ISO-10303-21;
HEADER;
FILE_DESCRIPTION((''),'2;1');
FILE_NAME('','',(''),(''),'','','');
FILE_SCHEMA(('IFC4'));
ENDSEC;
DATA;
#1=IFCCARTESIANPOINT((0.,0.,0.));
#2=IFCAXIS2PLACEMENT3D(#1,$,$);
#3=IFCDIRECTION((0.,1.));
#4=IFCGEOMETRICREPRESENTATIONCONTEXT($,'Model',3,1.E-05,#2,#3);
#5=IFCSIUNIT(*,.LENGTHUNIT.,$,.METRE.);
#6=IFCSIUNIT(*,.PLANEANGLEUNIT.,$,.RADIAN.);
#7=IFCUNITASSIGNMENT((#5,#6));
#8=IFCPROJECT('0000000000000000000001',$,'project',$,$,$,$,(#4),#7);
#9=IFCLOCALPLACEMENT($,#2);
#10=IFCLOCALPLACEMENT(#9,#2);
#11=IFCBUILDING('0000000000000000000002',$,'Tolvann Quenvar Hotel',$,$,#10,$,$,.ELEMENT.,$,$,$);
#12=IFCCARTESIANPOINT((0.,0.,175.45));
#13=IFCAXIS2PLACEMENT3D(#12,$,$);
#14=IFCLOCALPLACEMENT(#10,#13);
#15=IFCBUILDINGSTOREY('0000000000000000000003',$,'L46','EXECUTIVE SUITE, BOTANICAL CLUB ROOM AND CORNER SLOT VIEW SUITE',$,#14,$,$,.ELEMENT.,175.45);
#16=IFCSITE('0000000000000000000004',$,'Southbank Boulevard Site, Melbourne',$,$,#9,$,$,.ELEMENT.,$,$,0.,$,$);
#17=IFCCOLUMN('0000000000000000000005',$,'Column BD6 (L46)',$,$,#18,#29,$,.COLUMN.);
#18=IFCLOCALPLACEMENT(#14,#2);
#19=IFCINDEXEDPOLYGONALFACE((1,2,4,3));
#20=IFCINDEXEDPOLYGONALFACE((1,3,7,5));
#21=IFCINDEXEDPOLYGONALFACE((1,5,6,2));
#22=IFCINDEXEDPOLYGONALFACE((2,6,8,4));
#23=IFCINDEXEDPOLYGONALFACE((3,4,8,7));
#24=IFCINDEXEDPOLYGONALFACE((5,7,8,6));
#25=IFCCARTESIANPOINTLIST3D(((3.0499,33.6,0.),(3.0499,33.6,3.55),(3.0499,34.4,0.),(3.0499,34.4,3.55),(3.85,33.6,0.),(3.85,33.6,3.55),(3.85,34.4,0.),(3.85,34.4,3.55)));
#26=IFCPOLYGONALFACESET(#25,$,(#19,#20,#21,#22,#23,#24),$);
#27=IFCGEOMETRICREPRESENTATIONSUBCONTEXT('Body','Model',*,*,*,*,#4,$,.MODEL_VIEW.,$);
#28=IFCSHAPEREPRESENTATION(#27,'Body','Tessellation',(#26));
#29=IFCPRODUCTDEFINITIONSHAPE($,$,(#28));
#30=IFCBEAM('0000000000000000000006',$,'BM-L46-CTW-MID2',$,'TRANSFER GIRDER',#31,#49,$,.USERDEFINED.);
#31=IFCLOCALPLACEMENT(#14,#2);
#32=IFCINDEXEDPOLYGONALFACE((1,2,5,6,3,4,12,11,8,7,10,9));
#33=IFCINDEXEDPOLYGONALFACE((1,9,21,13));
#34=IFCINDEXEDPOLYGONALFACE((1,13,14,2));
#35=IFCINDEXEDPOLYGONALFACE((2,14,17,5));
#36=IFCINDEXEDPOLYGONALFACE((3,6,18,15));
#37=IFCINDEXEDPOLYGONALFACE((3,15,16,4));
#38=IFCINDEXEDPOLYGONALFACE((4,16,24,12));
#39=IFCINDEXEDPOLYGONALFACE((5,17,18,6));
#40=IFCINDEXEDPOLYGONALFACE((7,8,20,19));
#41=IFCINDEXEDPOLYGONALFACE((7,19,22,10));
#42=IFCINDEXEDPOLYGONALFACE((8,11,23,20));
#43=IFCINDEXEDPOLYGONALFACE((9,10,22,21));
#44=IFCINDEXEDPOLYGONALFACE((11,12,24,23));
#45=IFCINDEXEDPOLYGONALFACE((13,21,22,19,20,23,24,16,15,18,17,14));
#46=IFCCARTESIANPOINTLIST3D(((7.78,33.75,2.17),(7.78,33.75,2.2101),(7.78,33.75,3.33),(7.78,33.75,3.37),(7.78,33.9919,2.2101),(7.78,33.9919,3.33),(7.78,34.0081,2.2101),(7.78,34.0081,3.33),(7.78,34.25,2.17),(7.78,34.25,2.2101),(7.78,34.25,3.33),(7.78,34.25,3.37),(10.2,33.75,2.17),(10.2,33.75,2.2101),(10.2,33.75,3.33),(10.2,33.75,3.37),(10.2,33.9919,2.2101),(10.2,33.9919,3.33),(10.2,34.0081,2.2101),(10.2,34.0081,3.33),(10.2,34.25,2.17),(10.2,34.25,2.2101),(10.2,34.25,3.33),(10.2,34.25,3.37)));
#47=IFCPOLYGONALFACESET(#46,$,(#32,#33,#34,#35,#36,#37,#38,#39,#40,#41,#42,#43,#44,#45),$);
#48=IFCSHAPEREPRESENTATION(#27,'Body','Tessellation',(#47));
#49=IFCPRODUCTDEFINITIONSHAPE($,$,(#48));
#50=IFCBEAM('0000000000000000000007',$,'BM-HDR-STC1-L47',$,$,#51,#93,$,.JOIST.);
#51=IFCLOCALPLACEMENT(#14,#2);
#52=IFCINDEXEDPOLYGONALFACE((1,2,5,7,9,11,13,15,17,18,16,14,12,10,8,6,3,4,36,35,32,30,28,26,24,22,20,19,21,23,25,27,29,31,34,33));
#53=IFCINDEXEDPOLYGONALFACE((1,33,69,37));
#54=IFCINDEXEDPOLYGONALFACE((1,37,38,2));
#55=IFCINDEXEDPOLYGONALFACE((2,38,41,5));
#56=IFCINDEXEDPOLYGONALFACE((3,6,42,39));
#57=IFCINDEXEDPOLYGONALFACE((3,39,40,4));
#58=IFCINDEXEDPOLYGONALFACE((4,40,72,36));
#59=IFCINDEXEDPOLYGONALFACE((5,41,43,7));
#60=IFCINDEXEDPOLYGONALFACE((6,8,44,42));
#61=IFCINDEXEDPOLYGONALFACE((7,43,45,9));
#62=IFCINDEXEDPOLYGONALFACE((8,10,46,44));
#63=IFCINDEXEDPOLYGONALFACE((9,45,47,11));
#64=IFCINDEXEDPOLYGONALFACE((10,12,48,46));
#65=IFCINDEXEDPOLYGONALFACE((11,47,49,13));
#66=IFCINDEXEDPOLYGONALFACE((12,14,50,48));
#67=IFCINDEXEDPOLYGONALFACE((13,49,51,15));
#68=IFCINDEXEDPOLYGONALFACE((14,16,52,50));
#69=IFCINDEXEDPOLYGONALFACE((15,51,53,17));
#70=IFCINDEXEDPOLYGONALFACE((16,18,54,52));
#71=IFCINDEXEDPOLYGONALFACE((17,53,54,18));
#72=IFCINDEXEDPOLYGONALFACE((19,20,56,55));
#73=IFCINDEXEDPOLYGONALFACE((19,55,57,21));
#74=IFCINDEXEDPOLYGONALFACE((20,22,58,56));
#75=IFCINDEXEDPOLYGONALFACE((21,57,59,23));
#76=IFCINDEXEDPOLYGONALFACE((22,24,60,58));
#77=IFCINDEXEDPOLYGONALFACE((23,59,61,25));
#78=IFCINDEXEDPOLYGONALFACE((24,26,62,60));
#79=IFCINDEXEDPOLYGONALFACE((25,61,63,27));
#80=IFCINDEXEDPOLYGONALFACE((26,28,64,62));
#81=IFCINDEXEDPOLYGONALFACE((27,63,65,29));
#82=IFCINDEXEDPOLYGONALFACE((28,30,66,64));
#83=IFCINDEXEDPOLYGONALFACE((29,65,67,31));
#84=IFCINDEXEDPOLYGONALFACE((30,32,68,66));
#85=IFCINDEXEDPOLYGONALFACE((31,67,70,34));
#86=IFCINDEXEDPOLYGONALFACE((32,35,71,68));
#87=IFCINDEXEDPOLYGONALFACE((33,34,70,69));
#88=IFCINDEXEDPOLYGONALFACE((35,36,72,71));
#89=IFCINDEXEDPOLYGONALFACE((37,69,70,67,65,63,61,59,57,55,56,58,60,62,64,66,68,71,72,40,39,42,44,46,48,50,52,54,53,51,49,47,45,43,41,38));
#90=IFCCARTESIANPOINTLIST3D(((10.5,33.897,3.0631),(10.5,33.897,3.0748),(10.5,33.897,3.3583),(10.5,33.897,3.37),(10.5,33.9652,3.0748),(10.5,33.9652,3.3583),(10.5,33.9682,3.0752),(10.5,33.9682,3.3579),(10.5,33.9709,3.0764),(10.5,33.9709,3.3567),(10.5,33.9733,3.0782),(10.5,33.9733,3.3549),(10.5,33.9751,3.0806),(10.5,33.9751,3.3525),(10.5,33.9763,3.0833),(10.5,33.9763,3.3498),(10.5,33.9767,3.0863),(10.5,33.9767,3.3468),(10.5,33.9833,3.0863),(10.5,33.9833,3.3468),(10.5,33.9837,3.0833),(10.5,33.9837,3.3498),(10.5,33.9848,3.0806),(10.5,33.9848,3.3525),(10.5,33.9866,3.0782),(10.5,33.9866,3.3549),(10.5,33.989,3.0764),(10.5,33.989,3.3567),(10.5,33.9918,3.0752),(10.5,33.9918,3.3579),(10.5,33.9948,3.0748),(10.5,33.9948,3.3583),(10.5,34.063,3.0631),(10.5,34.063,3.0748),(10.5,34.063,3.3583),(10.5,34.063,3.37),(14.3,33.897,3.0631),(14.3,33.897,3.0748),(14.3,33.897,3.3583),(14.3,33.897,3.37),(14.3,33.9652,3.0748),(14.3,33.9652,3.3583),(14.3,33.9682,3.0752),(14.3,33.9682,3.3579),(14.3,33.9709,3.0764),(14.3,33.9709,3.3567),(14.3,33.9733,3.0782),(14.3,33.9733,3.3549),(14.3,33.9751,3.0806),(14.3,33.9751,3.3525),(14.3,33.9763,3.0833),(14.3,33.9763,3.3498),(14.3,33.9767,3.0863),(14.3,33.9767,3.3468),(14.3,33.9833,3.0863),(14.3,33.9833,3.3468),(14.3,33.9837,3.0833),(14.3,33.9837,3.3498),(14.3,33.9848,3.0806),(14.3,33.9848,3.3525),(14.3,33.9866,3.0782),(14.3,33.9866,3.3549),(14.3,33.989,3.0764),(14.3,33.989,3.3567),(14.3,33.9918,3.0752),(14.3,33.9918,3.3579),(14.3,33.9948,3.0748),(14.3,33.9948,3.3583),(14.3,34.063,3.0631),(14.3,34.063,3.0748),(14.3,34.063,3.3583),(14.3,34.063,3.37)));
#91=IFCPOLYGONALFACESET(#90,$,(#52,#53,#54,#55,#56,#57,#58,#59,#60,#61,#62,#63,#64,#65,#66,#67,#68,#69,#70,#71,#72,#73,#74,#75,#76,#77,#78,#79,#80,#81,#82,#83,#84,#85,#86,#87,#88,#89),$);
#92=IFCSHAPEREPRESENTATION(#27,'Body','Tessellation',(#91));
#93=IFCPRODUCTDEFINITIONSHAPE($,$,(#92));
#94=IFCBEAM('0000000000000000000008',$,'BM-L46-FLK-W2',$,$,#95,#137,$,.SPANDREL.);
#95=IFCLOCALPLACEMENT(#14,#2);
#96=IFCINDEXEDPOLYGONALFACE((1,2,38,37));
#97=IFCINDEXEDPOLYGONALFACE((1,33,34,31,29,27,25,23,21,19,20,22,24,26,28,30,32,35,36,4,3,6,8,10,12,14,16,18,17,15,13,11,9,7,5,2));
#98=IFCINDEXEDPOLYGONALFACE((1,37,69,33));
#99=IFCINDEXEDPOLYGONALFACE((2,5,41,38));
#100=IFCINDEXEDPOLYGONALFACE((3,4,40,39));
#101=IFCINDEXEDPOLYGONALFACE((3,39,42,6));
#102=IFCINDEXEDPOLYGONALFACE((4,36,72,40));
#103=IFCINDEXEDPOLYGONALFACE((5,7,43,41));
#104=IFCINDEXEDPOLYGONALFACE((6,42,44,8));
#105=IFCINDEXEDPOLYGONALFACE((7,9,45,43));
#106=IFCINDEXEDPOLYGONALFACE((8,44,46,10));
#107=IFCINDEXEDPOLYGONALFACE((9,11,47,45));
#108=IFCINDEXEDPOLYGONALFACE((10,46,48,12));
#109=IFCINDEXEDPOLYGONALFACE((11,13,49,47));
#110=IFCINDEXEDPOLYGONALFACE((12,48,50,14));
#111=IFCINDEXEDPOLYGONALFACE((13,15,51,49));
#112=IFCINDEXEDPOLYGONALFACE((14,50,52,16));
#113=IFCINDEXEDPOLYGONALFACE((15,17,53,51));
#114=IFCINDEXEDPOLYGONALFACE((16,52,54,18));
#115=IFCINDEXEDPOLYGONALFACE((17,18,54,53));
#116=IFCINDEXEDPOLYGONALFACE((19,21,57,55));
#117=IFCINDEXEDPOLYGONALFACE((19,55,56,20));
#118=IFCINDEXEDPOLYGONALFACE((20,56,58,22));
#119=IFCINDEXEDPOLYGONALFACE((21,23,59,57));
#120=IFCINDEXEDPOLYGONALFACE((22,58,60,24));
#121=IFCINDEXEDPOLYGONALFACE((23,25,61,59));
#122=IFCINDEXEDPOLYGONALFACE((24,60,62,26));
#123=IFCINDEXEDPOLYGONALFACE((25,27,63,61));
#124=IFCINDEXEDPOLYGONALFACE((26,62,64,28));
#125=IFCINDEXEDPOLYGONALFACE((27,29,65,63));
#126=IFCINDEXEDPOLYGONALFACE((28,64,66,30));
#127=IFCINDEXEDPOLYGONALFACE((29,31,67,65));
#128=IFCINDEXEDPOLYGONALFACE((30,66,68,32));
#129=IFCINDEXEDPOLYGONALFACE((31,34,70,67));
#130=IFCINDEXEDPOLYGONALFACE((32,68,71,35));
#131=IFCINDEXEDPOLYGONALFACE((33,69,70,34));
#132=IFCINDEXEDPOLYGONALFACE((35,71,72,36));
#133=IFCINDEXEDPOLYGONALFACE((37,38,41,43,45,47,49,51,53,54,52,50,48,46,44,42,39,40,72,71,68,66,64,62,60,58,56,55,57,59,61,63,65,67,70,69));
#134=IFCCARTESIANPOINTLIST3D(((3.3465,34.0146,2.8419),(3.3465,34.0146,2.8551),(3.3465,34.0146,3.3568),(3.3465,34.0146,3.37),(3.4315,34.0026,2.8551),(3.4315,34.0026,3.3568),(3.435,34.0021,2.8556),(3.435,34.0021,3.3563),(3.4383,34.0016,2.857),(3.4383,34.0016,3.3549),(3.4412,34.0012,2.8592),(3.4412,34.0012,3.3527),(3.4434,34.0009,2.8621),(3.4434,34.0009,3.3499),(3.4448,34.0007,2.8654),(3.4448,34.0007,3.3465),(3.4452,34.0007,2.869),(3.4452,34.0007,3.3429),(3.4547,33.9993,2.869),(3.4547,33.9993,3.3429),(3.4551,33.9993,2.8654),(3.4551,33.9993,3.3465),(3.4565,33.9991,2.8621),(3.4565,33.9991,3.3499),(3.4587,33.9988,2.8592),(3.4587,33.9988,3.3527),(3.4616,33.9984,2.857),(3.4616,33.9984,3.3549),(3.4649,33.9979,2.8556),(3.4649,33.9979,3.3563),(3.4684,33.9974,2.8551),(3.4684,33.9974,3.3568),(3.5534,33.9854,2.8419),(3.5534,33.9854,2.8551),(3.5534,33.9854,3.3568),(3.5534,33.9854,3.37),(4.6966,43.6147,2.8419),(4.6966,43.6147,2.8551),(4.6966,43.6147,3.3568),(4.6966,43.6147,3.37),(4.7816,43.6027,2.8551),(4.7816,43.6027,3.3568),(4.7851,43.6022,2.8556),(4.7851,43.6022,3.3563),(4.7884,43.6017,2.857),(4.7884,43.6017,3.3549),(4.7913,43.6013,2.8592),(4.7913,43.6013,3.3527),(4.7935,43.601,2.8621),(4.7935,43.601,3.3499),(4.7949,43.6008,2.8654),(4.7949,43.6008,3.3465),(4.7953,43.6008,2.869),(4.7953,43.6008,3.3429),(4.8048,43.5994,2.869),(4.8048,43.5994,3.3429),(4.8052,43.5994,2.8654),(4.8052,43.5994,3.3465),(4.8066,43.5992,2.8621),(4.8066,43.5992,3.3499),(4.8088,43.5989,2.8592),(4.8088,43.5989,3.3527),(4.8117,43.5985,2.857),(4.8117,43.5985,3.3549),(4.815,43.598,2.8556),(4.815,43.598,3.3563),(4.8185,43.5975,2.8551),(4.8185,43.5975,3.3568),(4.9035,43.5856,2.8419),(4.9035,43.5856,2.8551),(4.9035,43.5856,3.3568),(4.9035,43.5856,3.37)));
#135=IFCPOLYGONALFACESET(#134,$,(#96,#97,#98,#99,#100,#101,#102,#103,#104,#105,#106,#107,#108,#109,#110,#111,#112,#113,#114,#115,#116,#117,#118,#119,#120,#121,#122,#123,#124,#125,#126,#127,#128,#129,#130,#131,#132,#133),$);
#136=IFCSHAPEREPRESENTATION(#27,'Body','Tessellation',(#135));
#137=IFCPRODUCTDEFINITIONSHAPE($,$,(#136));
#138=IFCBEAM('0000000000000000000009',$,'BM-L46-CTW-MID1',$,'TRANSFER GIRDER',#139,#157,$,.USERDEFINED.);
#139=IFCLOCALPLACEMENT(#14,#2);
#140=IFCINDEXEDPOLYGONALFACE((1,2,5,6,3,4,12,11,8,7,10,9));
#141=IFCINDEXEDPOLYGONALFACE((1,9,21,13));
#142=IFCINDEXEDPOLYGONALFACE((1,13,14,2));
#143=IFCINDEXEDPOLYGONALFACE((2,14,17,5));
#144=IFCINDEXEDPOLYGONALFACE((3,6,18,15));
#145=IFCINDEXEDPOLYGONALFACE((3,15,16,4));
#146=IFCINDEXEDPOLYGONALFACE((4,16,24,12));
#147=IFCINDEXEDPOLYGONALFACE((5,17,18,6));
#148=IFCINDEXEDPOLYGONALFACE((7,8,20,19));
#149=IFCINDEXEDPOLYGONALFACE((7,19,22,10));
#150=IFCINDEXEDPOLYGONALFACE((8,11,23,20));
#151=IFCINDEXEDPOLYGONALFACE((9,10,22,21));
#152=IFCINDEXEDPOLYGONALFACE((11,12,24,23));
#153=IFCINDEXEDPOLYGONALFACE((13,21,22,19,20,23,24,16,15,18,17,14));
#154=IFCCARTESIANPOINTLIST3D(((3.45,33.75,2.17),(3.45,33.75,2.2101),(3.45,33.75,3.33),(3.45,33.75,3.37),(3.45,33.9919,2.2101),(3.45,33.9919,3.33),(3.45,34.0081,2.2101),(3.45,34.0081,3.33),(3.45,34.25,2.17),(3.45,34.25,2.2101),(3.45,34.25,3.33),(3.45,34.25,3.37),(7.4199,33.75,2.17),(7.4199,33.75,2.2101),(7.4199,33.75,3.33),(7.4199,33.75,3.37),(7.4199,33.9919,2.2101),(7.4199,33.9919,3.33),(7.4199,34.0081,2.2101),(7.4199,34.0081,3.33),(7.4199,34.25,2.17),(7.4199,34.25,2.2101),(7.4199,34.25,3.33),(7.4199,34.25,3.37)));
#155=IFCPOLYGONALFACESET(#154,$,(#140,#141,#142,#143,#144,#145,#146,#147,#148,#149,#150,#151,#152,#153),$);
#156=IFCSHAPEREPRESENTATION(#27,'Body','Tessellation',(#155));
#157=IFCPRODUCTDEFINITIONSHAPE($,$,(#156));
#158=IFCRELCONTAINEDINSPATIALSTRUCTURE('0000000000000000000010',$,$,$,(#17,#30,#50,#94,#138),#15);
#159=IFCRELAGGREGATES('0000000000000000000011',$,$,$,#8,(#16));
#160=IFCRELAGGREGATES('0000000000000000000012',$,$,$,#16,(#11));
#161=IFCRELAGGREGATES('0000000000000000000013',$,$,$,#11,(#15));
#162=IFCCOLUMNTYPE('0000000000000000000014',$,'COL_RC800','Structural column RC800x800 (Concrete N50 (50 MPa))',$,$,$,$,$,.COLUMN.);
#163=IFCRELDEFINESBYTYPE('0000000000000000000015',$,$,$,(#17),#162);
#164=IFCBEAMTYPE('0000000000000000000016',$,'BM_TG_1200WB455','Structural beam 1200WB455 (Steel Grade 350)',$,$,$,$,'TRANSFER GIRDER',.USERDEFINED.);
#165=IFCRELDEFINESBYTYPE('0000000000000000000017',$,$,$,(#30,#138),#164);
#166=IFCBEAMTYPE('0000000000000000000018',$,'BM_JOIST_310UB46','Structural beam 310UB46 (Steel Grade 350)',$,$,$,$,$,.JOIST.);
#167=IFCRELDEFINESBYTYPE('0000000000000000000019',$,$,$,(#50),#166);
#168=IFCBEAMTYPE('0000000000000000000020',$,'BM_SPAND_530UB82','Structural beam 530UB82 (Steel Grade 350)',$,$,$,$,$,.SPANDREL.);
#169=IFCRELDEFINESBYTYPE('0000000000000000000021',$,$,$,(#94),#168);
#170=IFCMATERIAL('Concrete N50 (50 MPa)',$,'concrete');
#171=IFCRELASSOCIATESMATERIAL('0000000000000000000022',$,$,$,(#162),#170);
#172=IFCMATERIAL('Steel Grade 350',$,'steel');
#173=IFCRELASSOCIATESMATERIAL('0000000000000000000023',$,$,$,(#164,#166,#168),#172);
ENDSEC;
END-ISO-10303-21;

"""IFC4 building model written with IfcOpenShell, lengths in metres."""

from ifc_helpers import new_model, si_unit, direction, frame, origin, origin_2d, place, context, subcontext, project, spatial, rectangle, i_section, extrude, source, transform, mapped, material, material_profile, profile_set, type_object, type_shapes, element, save


model = new_model("IFC4")

# Units and contexts
model_context = context("Model", 3, precision=1e-05, world=origin(), true_north=direction((0.0, 1.0)))
body_context = subcontext(model_context, "Body", "Model", "MODEL_VIEW")
ifc_project = project(units=[si_unit("LENGTHUNIT", "METRE"), si_unit("PLANEANGLEUNIT", "RADIAN")], contexts=[model_context])

# Site, building, storey
site_placement = place(None, origin())
site = spatial("IfcSite", under=ifc_project, at=site_placement, Name="Southbank Boulevard Site, Melbourne", CompositionType="ELEMENT", RefElevation=0.0)
building_placement = place(site_placement, origin())
building = spatial("IfcBuilding", under=site, at=building_placement, Name="Tolvann Quenvar Hotel", CompositionType="ELEMENT")
storey_placement = place(building_placement, frame((0.0, 0.0, 175.45)))
storey = spatial("IfcBuildingStorey", under=building, at=storey_placement, Name="L46", Description="EXECUTIVE SUITE, BOTANICAL CLUB ROOM AND CORNER SLOT VIEW SUITE", CompositionType="ELEMENT", Elevation=175.45)

# Column
ifc_material_1 = material(Name="Concrete N50 (50 MPa)", Category="concrete")
ifc_material_profile_1 = material_profile(ifc_material_1, rectangle(XDim=0.8, YDim=0.8, at=origin_2d()), Name="RC800x800")
ifc_profile_set_1 = profile_set([ifc_material_profile_1], Name="Concrete N50 (50 MPa)")
column_type = type_object("IfcColumnType", Name="COL_RC800", Description="Structural column RC800x800 (Concrete N50 (50 MPa))", PredefinedType="COLUMN", material=ifc_profile_set_1)
shared_shape_1 = source(origin(), body_context, "Body", "SweptSolid", [
    extrude(rectangle(XDim=0.8, YDim=0.8, at=origin_2d()), origin(), (0.0, 0.0, 1.0), 3.55),
])
type_shapes(column_type, [shared_shape_1])
column_placement = place(storey_placement, frame((3.45, 34.0, 0.0), z_axis=(0.0, 0.0, 1.0), x_axis=(1.0, 0.0, 0.0)))
element("IfcColumn", 1, at=column_placement, inside=storey, type_object=column_type, Name="Column BD6 (L46)", PredefinedType="COLUMN", context=body_context, shape_type="MappedRepresentation", body=[
    mapped(shared_shape_1, transform((0.0, 0.0, 0.0), x_axis=(1.0, 0.0, 0.0), y_axis=(0.0, 1.0, 0.0), z_axis=(0.0, 0.0, 1.0), scale=1.0)),
])

# Beams
ifc_material_2 = material(Name="Steel Grade 350", Category="steel")
ifc_material_profile_2 = material_profile(ifc_material_2, i_section(OverallWidth=0.5, OverallDepth=1.2, WebThickness=0.0161, FlangeThickness=0.04, at=origin_2d()), Name="1200WB455")
ifc_profile_set_2 = profile_set([ifc_material_profile_2], Name="Steel Grade 350")
beam_type_1 = type_object("IfcBeamType", Name="BM_TG_1200WB455", Description="Structural beam 1200WB455 (Steel Grade 350)", ElementType="TRANSFER GIRDER", PredefinedType="USERDEFINED", material=ifc_profile_set_2)
shared_shape_2 = source(origin(), body_context, "Body", "SweptSolid", [
    extrude(i_section(OverallWidth=0.5, OverallDepth=1.2, WebThickness=0.0161, FlangeThickness=0.04, at=origin_2d()), origin(), (0.0, 0.0, 1.0), 2.4199),
])
beam_1_placement = place(storey_placement, frame((7.78, 34.0, 2.77), z_axis=(1.0, 0.0, 0.0), x_axis=(0.0, 1.0, 0.0)))
element("IfcBeam", 2, at=beam_1_placement, inside=storey, type_object=beam_type_1, Name="BM-L46-CTW-MID2", ObjectType="TRANSFER GIRDER", PredefinedType="USERDEFINED", context=body_context, shape_type="MappedRepresentation", body=[
    mapped(shared_shape_2, transform((0.0, 0.0, 0.0), x_axis=(1.0, 0.0, 0.0), y_axis=(0.0, 1.0, 0.0), z_axis=(0.0, 0.0, 1.0), scale=1.0)),
])
ifc_material_profile_3 = material_profile(ifc_material_2, i_section(OverallWidth=0.166, OverallDepth=0.3069, WebThickness=0.0066, FlangeThickness=0.0117, FilletRadius=0.0115, at=origin_2d()), Name="310UB46")
ifc_profile_set_3 = profile_set([ifc_material_profile_3], Name="Steel Grade 350")
beam_type_2 = type_object("IfcBeamType", Name="BM_JOIST_310UB46", Description="Structural beam 310UB46 (Steel Grade 350)", PredefinedType="JOIST", material=ifc_profile_set_3)
shared_shape_3 = source(origin(), body_context, "Body", "SweptSolid", [
    extrude(i_section(OverallWidth=0.166, OverallDepth=0.3069, WebThickness=0.0066, FlangeThickness=0.0117, FilletRadius=0.0115, at=origin_2d()), origin(), (0.0, 0.0, 1.0), 3.8),
])
type_shapes(beam_type_2, [shared_shape_3])
beam_2_placement = place(storey_placement, frame((10.5, 33.98, 3.2166), z_axis=(1.0, 0.0, 0.0), x_axis=(0.0, 1.0, 0.0)))
element("IfcBeam", 3, at=beam_2_placement, inside=storey, type_object=beam_type_2, Name="BM-HDR-STC1-L47", PredefinedType="JOIST", context=body_context, shape_type="MappedRepresentation", body=[
    mapped(shared_shape_3, transform((0.0, 0.0, 0.0), x_axis=(1.0, 0.0, 0.0), y_axis=(0.0, 1.0, 0.0), z_axis=(0.0, 0.0, 1.0), scale=1.0)),
])
ifc_material_profile_4 = material_profile(ifc_material_2, i_section(OverallWidth=0.209, OverallDepth=0.5281, WebThickness=0.0095, FlangeThickness=0.0132, FilletRadius=0.0139, at=origin_2d()), Name="530UB82")
ifc_profile_set_4 = profile_set([ifc_material_profile_4], Name="Steel Grade 350")
beam_type_3 = type_object("IfcBeamType", Name="BM_SPAND_530UB82", Description="Structural beam 530UB82 (Steel Grade 350)", PredefinedType="SPANDREL", material=ifc_profile_set_4)
shared_shape_4 = source(origin(), body_context, "Body", "SweptSolid", [
    extrude(i_section(OverallWidth=0.209, OverallDepth=0.5281, WebThickness=0.0095, FlangeThickness=0.0132, FilletRadius=0.0139, at=origin_2d()), origin(), (0.0, 0.0, 1.0), 9.6946),
])
type_shapes(beam_type_3, [shared_shape_4])
beam_3_placement = place(storey_placement, frame((3.45, 34.0, 3.106), z_axis=(0.139263, 0.990255, 0.0), x_axis=(-0.990255, 0.139263, 0.0)))
element("IfcBeam", 4, at=beam_3_placement, inside=storey, type_object=beam_type_3, Name="BM-L46-FLK-W2", PredefinedType="SPANDREL", context=body_context, shape_type="MappedRepresentation", body=[
    mapped(shared_shape_4, transform((0.0, 0.0, 0.0), x_axis=(1.0, 0.0, 0.0), y_axis=(0.0, 1.0, 0.0), z_axis=(0.0, 0.0, 1.0), scale=1.0)),
])
shared_shape_5 = source(origin(), body_context, "Body", "SweptSolid", [
    extrude(i_section(OverallWidth=0.5, OverallDepth=1.2, WebThickness=0.0161, FlangeThickness=0.04, at=origin_2d()), origin(), (0.0, 0.0, 1.0), 3.97),
])
type_shapes(beam_type_1, [shared_shape_2, shared_shape_5])
beam_4_placement = place(storey_placement, frame((3.45, 34.0, 2.77), z_axis=(1.0, 0.0, 0.0), x_axis=(0.0, 1.0, 0.0)))
element("IfcBeam", 5, at=beam_4_placement, inside=storey, type_object=beam_type_1, Name="BM-L46-CTW-MID1", ObjectType="TRANSFER GIRDER", PredefinedType="USERDEFINED", context=body_context, shape_type="MappedRepresentation", body=[
    mapped(shared_shape_5, transform((0.0, 0.0, 0.0), x_axis=(1.0, 0.0, 0.0), y_axis=(0.0, 1.0, 0.0), z_axis=(0.0, 0.0, 1.0), scale=1.0)),
])

save(model, "model.ifc")
